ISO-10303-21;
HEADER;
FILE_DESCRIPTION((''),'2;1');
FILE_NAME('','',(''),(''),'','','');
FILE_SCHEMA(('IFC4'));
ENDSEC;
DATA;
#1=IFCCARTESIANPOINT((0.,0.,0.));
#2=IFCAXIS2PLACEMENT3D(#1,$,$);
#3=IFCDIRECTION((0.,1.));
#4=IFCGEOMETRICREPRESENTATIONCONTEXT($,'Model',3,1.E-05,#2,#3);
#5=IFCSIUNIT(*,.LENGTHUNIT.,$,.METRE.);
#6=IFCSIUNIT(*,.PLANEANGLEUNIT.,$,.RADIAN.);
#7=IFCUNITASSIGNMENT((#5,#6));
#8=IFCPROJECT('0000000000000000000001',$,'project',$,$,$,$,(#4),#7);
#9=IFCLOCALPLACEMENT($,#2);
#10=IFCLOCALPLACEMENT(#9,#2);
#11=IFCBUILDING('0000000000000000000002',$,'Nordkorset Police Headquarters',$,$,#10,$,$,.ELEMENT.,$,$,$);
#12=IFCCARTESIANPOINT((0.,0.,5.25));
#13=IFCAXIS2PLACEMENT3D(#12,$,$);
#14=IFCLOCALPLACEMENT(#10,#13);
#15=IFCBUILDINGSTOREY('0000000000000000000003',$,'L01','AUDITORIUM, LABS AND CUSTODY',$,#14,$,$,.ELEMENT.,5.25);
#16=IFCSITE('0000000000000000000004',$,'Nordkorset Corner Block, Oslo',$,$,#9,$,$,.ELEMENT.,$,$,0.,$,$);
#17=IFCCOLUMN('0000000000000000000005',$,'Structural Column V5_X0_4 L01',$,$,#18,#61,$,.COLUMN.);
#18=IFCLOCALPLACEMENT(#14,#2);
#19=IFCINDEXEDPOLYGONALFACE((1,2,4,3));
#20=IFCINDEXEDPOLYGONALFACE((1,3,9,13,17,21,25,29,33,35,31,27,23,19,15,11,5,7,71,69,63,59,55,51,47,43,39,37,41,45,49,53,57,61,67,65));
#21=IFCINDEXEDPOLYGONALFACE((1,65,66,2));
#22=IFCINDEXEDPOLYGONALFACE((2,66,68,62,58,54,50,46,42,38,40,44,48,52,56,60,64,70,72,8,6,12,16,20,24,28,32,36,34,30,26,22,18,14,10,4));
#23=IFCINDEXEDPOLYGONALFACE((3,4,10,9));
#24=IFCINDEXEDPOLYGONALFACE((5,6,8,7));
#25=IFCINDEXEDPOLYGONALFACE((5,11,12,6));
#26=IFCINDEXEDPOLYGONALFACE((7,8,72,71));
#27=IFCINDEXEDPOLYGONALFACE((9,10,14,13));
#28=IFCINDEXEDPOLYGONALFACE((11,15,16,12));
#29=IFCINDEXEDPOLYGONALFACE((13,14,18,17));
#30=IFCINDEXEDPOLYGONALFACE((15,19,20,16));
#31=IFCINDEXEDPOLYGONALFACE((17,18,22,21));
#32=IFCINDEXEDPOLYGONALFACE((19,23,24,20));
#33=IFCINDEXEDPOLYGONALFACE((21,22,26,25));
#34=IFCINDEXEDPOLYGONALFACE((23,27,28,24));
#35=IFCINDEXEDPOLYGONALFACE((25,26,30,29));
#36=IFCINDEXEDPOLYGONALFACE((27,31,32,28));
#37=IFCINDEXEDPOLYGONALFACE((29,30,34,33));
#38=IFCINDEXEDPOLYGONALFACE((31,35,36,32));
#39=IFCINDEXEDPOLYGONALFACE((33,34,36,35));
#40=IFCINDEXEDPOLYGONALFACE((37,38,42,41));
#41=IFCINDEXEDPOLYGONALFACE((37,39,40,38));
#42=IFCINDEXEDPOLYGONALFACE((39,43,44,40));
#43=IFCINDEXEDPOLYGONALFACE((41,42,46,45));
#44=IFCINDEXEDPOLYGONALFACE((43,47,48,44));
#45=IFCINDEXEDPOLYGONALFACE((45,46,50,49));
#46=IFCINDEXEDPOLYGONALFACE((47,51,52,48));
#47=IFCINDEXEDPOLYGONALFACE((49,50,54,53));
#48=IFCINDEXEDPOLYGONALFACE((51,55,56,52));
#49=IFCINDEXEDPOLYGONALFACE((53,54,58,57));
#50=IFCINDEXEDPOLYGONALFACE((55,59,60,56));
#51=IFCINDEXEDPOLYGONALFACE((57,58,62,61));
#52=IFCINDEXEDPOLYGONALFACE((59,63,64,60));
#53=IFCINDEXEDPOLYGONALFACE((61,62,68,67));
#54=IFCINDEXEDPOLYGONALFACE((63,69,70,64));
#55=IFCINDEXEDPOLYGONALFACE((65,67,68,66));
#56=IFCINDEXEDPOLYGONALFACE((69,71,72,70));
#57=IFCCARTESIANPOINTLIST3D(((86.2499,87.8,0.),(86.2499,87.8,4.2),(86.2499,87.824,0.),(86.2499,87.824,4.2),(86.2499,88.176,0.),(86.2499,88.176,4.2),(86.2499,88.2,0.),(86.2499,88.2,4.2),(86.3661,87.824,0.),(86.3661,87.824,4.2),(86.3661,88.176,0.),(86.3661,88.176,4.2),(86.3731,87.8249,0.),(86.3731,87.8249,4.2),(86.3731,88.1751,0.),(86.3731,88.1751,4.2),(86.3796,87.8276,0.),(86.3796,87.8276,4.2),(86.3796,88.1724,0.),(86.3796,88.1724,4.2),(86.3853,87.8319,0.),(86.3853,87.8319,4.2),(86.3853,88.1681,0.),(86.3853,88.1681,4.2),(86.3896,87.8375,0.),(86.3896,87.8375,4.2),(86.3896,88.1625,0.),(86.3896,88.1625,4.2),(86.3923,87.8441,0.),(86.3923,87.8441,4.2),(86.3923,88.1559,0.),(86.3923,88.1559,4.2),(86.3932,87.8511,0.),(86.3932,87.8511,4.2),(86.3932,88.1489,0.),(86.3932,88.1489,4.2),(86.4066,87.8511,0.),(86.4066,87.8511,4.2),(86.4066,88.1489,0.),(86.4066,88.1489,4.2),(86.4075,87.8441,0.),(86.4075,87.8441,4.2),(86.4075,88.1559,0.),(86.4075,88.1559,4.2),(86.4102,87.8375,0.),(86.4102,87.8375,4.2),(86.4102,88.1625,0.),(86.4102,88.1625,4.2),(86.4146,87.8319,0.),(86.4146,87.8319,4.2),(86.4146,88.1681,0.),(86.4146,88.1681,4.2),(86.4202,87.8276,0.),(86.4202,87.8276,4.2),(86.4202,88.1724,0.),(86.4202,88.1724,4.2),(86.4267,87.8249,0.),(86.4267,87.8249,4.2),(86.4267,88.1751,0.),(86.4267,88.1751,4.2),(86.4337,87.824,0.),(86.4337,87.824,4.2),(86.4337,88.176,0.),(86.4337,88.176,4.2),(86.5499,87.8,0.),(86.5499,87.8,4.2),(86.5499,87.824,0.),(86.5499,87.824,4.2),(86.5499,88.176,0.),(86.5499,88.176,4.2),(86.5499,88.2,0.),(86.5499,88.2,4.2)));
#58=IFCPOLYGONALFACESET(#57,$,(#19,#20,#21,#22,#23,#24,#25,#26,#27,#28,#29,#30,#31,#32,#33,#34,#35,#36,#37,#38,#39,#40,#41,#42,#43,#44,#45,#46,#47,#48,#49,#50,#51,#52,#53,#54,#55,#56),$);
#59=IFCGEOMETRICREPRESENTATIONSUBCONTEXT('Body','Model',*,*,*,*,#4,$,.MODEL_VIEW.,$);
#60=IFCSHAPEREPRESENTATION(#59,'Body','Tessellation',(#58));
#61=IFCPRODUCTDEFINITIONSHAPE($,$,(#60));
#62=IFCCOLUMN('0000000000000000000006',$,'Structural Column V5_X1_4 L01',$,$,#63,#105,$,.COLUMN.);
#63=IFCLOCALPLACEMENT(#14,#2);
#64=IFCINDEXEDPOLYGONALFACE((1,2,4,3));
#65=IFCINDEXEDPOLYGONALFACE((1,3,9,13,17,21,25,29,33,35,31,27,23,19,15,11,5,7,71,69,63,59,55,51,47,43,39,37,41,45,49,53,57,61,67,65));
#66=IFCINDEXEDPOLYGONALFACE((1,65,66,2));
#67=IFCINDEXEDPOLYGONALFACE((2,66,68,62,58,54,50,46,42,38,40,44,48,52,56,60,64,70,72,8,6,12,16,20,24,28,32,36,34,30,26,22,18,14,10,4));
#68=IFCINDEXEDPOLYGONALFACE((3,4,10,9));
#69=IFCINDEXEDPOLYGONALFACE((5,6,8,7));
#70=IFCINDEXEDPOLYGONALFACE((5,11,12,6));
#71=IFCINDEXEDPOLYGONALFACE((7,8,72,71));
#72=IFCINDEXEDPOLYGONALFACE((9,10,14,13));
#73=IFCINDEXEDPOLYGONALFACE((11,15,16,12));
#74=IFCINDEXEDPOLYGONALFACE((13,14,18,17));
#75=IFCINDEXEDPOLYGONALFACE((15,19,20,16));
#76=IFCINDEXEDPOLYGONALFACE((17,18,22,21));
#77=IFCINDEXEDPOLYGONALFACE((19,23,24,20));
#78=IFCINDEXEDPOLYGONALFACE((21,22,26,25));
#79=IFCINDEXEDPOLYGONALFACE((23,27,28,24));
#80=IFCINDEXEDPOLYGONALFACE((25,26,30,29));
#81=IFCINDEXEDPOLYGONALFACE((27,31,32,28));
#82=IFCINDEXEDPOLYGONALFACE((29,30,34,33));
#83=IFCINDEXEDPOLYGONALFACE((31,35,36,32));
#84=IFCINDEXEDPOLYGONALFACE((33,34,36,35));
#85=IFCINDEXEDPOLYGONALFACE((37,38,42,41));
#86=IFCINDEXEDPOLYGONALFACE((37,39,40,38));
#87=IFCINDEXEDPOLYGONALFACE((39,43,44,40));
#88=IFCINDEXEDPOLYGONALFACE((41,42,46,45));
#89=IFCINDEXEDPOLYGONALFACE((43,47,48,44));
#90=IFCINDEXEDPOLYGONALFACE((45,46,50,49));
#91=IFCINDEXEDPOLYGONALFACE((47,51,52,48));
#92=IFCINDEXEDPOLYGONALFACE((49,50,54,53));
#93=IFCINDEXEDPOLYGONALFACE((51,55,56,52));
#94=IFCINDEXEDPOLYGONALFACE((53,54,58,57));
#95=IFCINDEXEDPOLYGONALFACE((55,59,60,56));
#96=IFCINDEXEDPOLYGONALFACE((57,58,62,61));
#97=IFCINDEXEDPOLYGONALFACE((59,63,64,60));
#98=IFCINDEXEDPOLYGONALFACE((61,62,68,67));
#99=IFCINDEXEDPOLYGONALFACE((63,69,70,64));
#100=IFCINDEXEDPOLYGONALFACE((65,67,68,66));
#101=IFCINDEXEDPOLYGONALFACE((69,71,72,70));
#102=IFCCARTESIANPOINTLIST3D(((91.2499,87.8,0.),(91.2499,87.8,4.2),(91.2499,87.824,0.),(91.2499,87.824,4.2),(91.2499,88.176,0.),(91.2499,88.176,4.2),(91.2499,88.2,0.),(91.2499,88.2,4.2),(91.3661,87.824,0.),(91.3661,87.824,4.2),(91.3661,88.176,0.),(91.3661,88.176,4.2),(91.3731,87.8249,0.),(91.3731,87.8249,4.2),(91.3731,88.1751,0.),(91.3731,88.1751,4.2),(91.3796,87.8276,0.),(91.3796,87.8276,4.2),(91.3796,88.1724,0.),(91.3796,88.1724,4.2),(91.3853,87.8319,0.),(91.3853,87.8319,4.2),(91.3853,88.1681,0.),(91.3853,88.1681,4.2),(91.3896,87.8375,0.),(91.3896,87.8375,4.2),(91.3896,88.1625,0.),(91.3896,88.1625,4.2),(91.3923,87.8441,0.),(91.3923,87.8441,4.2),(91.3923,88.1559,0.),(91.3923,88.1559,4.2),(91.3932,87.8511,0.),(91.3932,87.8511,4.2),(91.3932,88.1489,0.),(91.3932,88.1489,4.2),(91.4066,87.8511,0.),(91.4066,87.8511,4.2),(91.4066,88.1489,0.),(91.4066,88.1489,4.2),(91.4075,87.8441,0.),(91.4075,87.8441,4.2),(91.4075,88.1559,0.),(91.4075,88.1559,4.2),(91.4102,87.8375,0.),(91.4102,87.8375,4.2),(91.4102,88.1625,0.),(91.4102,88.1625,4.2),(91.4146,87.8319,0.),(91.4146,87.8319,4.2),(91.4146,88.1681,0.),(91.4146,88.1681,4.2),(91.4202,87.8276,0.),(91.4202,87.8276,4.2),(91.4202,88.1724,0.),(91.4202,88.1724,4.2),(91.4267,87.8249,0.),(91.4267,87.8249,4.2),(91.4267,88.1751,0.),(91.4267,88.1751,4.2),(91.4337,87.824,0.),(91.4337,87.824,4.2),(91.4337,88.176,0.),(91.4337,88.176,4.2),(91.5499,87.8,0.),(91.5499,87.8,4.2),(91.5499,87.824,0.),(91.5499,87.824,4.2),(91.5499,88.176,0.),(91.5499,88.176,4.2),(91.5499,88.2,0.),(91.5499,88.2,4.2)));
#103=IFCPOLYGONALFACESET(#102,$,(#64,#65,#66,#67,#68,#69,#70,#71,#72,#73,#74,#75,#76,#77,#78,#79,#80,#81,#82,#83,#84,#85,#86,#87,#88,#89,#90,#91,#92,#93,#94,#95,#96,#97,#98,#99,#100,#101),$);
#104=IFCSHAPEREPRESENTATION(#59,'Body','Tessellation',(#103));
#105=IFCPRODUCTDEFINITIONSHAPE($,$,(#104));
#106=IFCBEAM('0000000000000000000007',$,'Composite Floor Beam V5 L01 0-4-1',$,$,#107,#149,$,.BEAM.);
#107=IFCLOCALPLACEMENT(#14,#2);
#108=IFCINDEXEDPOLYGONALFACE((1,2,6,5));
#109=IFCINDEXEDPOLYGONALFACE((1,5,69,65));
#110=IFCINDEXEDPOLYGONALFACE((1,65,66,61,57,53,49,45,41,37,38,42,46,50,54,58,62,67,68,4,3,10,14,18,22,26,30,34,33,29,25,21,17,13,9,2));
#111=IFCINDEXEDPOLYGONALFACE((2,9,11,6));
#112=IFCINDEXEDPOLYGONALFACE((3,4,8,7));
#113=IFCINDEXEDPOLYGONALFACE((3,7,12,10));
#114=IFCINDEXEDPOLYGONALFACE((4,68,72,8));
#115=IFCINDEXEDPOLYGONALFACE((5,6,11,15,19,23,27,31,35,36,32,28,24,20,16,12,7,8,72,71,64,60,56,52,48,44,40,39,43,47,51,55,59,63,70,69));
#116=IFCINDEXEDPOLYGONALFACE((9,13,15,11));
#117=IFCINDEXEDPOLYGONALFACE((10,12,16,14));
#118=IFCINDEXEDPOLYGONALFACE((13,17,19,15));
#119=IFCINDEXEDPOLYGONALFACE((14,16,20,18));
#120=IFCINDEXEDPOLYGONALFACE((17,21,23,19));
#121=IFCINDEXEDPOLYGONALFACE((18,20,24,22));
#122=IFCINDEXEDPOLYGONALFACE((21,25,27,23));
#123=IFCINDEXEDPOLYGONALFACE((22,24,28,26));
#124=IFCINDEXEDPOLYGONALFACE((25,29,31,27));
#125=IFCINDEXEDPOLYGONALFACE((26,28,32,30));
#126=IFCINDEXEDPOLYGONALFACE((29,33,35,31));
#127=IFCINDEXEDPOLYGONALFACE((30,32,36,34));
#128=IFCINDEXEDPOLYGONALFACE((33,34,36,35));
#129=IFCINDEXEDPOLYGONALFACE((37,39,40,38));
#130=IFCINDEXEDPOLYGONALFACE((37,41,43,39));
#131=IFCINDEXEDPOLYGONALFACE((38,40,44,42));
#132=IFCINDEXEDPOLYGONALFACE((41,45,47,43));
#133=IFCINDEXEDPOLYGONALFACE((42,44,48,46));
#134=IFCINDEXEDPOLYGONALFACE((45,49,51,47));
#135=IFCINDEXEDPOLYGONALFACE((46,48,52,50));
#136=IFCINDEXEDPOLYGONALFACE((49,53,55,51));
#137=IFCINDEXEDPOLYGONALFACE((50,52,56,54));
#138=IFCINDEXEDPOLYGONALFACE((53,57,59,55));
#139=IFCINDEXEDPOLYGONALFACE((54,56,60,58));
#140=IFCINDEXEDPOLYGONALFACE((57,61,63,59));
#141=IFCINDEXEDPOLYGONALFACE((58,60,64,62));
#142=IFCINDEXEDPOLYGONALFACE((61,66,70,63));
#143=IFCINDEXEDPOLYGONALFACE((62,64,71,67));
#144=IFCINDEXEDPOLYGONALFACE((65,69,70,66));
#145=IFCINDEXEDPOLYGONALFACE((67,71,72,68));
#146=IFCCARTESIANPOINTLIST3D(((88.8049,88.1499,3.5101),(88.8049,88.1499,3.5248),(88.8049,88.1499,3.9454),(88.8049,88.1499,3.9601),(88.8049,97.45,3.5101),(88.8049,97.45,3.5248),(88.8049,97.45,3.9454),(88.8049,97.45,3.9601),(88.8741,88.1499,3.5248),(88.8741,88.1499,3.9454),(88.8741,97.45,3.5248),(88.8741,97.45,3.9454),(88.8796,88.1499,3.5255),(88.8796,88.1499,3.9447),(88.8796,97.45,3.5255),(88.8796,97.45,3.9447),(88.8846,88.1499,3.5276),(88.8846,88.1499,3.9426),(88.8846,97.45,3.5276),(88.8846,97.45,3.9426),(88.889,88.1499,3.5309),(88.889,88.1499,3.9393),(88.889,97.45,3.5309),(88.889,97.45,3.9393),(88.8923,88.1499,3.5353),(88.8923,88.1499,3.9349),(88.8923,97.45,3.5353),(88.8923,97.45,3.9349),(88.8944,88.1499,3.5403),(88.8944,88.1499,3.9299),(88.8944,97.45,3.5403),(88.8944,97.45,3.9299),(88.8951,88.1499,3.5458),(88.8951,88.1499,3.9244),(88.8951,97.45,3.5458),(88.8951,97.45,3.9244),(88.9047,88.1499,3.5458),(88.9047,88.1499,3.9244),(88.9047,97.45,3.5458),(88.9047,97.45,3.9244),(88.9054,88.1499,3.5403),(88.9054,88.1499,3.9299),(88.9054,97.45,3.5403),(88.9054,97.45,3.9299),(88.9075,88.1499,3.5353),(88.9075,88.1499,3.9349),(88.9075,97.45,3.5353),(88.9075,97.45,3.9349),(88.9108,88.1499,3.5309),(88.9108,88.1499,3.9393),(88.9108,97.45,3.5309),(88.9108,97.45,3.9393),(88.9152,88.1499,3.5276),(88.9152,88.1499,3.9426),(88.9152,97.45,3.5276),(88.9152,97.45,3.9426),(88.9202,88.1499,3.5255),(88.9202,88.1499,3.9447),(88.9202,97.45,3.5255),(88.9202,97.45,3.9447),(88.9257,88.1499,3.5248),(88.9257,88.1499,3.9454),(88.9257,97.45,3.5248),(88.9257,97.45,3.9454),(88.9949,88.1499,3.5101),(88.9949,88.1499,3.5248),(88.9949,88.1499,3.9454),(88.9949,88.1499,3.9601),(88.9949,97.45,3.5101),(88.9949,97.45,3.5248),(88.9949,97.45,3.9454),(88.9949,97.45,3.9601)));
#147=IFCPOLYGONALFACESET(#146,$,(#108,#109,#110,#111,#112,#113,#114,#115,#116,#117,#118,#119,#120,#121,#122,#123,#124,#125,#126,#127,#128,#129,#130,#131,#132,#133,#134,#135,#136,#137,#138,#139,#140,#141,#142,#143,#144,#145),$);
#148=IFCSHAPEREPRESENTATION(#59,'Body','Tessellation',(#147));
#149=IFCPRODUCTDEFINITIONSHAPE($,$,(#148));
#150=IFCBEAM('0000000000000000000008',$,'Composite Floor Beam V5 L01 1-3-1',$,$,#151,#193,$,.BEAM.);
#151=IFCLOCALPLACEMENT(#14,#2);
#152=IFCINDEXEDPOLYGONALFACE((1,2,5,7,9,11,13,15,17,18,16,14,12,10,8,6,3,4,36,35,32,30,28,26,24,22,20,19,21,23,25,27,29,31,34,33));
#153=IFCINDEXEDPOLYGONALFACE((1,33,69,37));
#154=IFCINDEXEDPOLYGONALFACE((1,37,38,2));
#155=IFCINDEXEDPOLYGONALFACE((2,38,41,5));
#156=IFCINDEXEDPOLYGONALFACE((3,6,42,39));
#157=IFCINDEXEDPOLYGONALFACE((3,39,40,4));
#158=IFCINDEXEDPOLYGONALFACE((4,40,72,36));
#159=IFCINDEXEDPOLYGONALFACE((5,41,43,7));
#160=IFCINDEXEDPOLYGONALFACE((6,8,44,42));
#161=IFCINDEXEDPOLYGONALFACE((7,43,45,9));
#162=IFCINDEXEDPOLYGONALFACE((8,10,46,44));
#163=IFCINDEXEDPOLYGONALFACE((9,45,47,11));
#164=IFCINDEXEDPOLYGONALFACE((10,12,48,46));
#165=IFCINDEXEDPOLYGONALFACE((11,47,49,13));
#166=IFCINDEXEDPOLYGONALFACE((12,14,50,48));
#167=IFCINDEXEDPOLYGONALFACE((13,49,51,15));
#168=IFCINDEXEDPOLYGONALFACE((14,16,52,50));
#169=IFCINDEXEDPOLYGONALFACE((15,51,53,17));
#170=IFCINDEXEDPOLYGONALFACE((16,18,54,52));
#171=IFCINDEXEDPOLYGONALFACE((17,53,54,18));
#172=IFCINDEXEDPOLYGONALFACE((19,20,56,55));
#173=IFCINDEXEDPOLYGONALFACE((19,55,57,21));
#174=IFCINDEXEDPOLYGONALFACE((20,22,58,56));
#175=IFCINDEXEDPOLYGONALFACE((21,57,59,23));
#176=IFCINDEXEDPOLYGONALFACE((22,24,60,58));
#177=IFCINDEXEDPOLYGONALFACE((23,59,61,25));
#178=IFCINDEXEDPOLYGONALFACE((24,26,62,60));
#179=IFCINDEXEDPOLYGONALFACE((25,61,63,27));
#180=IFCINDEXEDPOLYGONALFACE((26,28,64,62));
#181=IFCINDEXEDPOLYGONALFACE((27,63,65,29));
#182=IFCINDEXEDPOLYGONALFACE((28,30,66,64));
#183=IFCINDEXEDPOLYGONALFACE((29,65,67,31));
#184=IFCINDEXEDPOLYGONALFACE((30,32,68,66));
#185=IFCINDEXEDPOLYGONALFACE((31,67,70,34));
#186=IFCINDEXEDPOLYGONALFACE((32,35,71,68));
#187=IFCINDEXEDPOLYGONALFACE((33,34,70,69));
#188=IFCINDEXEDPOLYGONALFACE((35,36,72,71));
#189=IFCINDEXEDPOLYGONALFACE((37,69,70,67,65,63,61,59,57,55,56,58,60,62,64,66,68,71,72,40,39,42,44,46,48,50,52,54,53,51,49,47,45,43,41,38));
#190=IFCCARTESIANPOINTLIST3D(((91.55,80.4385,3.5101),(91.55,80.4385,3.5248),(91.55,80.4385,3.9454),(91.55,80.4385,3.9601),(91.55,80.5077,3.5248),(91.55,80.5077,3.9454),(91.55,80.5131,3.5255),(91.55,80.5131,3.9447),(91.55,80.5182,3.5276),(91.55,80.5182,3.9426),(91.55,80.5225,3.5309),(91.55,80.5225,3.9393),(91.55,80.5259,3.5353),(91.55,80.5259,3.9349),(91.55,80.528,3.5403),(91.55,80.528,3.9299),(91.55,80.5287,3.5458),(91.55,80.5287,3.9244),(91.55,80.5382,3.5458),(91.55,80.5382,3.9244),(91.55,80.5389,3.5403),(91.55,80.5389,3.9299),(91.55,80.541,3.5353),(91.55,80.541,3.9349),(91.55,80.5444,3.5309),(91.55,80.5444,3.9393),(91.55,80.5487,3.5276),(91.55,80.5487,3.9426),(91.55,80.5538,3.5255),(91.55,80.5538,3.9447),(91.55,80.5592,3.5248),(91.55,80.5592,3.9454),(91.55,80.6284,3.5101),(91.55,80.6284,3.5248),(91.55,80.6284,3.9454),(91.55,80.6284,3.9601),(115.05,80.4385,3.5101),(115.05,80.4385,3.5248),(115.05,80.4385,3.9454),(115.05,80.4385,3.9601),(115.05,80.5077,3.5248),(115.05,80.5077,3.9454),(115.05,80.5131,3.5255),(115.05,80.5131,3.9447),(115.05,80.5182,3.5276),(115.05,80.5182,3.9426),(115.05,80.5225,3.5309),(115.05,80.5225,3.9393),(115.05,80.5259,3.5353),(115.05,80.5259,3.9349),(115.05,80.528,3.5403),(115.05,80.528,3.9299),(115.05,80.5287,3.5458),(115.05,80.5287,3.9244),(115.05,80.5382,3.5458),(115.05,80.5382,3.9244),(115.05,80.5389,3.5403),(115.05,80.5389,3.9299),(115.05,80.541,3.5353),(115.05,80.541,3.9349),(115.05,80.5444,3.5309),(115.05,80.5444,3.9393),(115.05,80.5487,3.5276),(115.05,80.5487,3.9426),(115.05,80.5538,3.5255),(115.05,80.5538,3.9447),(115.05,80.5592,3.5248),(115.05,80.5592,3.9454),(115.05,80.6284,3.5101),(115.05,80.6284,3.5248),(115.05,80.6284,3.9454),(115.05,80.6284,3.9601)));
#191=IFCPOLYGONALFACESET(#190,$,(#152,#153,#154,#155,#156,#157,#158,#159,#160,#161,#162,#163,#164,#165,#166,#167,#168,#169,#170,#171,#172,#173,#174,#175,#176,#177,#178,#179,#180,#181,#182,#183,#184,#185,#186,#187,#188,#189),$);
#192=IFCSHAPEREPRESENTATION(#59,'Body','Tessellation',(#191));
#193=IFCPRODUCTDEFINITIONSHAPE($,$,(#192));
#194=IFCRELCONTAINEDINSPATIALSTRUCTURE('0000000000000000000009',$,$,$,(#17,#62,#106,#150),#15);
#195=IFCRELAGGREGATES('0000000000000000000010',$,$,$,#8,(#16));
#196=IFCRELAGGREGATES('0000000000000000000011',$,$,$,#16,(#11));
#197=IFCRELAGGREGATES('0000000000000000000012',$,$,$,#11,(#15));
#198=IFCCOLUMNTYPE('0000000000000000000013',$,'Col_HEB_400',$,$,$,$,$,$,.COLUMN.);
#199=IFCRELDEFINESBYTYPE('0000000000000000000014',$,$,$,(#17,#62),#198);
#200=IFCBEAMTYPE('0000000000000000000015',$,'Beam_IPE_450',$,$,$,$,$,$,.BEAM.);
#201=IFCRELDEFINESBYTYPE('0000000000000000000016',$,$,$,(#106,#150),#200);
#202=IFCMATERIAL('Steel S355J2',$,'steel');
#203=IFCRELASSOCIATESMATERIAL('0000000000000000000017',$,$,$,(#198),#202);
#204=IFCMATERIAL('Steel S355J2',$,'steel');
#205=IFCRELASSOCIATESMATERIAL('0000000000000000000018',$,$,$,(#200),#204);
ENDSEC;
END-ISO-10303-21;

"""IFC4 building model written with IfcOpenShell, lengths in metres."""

from ifc_helpers import new_model, si_unit, direction, frame, origin, origin_2d, place, context, subcontext, project, spatial, i_section, extrude, material, material_profile, profile_set, type_object, element, save


model = new_model("IFC4")

# Units and contexts
model_context = context("Model", 3, precision=1e-05, world=origin(), true_north=direction((0.0, 1.0)))
body_context = subcontext(model_context, "Body", "Model", "MODEL_VIEW")
ifc_project = project(units=[si_unit("LENGTHUNIT", "METRE"), si_unit("PLANEANGLEUNIT", "RADIAN")], contexts=[model_context])

# Site, building, storey
site_placement = place(None, origin())
site = spatial("IfcSite", under=ifc_project, at=site_placement, Name="Nordkorset Corner Block, Oslo", CompositionType="ELEMENT", RefElevation=0.0)
building_placement = place(site_placement, origin())
building = spatial("IfcBuilding", under=site, at=building_placement, Name="Nordkorset Police Headquarters", CompositionType="ELEMENT")
storey_placement = place(building_placement, frame((0.0, 0.0, 5.25)))
storey = spatial("IfcBuildingStorey", under=building, at=storey_placement, Name="L01", Description="AUDITORIUM, LABS AND CUSTODY", CompositionType="ELEMENT", Elevation=5.25)

# Columns
ifc_material_1 = material(Name="Steel S355J2", Category="steel")
ifc_material_profile_1 = material_profile(ifc_material_1, i_section(OverallWidth=0.3, OverallDepth=0.3999, WebThickness=0.0134, FlangeThickness=0.0239, FilletRadius=0.0271, at=origin_2d()), Name="HEB 400")
ifc_profile_set_1 = profile_set([ifc_material_profile_1], Name="Steel S355J2")
column_type = type_object("IfcColumnType", Name="Col_HEB_400", PredefinedType="COLUMN", material=ifc_profile_set_1)
for number, where, z_axis, x_axis, name in (
    (1, (86.3999, 88.0, 0.0), (0.0, 0.0, 1.0), (1.0, 0.0, 0.0), "Structural Column V5_X0_4 L01"),
    (2, (91.3999, 88.0, 0.0), (0.0, 0.0, 1.0), (1.0, 0.0, 0.0), "Structural Column V5_X1_4 L01"),
):
    element("IfcColumn", number, at=place(storey_placement, frame(where, z_axis=z_axis, x_axis=x_axis)), inside=storey, type_object=column_type, Name=name, PredefinedType="COLUMN", context=body_context, shape_type="SweptSolid", body=[
        extrude(i_section(OverallWidth=0.3, OverallDepth=0.3999, WebThickness=0.0134, FlangeThickness=0.0239, FilletRadius=0.0271, at=origin_2d()), origin(), (0.0, 0.0, 1.0), 4.2),
    ])

# Beams
ifc_material_2 = material(Name="Steel S355J2", Category="steel")
ifc_material_profile_2 = material_profile(ifc_material_2, i_section(OverallWidth=0.1899, OverallDepth=0.45, WebThickness=0.0095, FlangeThickness=0.0146, FilletRadius=0.021, at=origin_2d()), Name="IPE 450")
ifc_profile_set_2 = profile_set([ifc_material_profile_2], Name="Steel S355J2")
beam_type_1 = type_object("IfcBeamType", Name="Beam_IPE_450", PredefinedType="BEAM", material=ifc_profile_set_2)
beam_1_placement = place(storey_placement, frame((88.8999, 88.1499, 3.7351), z_axis=(0.0, 1.0, 0.0), x_axis=(-1.0, 0.0, 0.0)))
element("IfcBeam", 3, at=beam_1_placement, inside=storey, type_object=beam_type_1, Name="Composite Floor Beam V5 L01 0-4-1", PredefinedType="BEAM", context=body_context, shape_type="SweptSolid", body=[
    extrude(i_section(OverallWidth=0.1899, OverallDepth=0.45, WebThickness=0.0095, FlangeThickness=0.0146, FilletRadius=0.021, at=origin_2d()), origin(), (0.0, 0.0, 1.0), 9.3),
])
for number, where, z_axis, x_axis, name in (
    (4, (91.55, 80.5334, 3.7351), (1.0, 0.0, 0.0), (0.0, 1.0, 0.0), "Composite Floor Beam V5 L01 1-3-1"),
):
    element("IfcBeam", number, at=place(storey_placement, frame(where, z_axis=z_axis, x_axis=x_axis)), inside=storey, type_object=beam_type_1, Name=name, PredefinedType="BEAM", context=body_context, shape_type="SweptSolid", body=[
        extrude(i_section(OverallWidth=0.1899, OverallDepth=0.45, WebThickness=0.0095, FlangeThickness=0.0146, FilletRadius=0.021, at=origin_2d()), origin(), (0.0, 0.0, 1.0), 23.5),
    ])

save(model, "model.ifc")
